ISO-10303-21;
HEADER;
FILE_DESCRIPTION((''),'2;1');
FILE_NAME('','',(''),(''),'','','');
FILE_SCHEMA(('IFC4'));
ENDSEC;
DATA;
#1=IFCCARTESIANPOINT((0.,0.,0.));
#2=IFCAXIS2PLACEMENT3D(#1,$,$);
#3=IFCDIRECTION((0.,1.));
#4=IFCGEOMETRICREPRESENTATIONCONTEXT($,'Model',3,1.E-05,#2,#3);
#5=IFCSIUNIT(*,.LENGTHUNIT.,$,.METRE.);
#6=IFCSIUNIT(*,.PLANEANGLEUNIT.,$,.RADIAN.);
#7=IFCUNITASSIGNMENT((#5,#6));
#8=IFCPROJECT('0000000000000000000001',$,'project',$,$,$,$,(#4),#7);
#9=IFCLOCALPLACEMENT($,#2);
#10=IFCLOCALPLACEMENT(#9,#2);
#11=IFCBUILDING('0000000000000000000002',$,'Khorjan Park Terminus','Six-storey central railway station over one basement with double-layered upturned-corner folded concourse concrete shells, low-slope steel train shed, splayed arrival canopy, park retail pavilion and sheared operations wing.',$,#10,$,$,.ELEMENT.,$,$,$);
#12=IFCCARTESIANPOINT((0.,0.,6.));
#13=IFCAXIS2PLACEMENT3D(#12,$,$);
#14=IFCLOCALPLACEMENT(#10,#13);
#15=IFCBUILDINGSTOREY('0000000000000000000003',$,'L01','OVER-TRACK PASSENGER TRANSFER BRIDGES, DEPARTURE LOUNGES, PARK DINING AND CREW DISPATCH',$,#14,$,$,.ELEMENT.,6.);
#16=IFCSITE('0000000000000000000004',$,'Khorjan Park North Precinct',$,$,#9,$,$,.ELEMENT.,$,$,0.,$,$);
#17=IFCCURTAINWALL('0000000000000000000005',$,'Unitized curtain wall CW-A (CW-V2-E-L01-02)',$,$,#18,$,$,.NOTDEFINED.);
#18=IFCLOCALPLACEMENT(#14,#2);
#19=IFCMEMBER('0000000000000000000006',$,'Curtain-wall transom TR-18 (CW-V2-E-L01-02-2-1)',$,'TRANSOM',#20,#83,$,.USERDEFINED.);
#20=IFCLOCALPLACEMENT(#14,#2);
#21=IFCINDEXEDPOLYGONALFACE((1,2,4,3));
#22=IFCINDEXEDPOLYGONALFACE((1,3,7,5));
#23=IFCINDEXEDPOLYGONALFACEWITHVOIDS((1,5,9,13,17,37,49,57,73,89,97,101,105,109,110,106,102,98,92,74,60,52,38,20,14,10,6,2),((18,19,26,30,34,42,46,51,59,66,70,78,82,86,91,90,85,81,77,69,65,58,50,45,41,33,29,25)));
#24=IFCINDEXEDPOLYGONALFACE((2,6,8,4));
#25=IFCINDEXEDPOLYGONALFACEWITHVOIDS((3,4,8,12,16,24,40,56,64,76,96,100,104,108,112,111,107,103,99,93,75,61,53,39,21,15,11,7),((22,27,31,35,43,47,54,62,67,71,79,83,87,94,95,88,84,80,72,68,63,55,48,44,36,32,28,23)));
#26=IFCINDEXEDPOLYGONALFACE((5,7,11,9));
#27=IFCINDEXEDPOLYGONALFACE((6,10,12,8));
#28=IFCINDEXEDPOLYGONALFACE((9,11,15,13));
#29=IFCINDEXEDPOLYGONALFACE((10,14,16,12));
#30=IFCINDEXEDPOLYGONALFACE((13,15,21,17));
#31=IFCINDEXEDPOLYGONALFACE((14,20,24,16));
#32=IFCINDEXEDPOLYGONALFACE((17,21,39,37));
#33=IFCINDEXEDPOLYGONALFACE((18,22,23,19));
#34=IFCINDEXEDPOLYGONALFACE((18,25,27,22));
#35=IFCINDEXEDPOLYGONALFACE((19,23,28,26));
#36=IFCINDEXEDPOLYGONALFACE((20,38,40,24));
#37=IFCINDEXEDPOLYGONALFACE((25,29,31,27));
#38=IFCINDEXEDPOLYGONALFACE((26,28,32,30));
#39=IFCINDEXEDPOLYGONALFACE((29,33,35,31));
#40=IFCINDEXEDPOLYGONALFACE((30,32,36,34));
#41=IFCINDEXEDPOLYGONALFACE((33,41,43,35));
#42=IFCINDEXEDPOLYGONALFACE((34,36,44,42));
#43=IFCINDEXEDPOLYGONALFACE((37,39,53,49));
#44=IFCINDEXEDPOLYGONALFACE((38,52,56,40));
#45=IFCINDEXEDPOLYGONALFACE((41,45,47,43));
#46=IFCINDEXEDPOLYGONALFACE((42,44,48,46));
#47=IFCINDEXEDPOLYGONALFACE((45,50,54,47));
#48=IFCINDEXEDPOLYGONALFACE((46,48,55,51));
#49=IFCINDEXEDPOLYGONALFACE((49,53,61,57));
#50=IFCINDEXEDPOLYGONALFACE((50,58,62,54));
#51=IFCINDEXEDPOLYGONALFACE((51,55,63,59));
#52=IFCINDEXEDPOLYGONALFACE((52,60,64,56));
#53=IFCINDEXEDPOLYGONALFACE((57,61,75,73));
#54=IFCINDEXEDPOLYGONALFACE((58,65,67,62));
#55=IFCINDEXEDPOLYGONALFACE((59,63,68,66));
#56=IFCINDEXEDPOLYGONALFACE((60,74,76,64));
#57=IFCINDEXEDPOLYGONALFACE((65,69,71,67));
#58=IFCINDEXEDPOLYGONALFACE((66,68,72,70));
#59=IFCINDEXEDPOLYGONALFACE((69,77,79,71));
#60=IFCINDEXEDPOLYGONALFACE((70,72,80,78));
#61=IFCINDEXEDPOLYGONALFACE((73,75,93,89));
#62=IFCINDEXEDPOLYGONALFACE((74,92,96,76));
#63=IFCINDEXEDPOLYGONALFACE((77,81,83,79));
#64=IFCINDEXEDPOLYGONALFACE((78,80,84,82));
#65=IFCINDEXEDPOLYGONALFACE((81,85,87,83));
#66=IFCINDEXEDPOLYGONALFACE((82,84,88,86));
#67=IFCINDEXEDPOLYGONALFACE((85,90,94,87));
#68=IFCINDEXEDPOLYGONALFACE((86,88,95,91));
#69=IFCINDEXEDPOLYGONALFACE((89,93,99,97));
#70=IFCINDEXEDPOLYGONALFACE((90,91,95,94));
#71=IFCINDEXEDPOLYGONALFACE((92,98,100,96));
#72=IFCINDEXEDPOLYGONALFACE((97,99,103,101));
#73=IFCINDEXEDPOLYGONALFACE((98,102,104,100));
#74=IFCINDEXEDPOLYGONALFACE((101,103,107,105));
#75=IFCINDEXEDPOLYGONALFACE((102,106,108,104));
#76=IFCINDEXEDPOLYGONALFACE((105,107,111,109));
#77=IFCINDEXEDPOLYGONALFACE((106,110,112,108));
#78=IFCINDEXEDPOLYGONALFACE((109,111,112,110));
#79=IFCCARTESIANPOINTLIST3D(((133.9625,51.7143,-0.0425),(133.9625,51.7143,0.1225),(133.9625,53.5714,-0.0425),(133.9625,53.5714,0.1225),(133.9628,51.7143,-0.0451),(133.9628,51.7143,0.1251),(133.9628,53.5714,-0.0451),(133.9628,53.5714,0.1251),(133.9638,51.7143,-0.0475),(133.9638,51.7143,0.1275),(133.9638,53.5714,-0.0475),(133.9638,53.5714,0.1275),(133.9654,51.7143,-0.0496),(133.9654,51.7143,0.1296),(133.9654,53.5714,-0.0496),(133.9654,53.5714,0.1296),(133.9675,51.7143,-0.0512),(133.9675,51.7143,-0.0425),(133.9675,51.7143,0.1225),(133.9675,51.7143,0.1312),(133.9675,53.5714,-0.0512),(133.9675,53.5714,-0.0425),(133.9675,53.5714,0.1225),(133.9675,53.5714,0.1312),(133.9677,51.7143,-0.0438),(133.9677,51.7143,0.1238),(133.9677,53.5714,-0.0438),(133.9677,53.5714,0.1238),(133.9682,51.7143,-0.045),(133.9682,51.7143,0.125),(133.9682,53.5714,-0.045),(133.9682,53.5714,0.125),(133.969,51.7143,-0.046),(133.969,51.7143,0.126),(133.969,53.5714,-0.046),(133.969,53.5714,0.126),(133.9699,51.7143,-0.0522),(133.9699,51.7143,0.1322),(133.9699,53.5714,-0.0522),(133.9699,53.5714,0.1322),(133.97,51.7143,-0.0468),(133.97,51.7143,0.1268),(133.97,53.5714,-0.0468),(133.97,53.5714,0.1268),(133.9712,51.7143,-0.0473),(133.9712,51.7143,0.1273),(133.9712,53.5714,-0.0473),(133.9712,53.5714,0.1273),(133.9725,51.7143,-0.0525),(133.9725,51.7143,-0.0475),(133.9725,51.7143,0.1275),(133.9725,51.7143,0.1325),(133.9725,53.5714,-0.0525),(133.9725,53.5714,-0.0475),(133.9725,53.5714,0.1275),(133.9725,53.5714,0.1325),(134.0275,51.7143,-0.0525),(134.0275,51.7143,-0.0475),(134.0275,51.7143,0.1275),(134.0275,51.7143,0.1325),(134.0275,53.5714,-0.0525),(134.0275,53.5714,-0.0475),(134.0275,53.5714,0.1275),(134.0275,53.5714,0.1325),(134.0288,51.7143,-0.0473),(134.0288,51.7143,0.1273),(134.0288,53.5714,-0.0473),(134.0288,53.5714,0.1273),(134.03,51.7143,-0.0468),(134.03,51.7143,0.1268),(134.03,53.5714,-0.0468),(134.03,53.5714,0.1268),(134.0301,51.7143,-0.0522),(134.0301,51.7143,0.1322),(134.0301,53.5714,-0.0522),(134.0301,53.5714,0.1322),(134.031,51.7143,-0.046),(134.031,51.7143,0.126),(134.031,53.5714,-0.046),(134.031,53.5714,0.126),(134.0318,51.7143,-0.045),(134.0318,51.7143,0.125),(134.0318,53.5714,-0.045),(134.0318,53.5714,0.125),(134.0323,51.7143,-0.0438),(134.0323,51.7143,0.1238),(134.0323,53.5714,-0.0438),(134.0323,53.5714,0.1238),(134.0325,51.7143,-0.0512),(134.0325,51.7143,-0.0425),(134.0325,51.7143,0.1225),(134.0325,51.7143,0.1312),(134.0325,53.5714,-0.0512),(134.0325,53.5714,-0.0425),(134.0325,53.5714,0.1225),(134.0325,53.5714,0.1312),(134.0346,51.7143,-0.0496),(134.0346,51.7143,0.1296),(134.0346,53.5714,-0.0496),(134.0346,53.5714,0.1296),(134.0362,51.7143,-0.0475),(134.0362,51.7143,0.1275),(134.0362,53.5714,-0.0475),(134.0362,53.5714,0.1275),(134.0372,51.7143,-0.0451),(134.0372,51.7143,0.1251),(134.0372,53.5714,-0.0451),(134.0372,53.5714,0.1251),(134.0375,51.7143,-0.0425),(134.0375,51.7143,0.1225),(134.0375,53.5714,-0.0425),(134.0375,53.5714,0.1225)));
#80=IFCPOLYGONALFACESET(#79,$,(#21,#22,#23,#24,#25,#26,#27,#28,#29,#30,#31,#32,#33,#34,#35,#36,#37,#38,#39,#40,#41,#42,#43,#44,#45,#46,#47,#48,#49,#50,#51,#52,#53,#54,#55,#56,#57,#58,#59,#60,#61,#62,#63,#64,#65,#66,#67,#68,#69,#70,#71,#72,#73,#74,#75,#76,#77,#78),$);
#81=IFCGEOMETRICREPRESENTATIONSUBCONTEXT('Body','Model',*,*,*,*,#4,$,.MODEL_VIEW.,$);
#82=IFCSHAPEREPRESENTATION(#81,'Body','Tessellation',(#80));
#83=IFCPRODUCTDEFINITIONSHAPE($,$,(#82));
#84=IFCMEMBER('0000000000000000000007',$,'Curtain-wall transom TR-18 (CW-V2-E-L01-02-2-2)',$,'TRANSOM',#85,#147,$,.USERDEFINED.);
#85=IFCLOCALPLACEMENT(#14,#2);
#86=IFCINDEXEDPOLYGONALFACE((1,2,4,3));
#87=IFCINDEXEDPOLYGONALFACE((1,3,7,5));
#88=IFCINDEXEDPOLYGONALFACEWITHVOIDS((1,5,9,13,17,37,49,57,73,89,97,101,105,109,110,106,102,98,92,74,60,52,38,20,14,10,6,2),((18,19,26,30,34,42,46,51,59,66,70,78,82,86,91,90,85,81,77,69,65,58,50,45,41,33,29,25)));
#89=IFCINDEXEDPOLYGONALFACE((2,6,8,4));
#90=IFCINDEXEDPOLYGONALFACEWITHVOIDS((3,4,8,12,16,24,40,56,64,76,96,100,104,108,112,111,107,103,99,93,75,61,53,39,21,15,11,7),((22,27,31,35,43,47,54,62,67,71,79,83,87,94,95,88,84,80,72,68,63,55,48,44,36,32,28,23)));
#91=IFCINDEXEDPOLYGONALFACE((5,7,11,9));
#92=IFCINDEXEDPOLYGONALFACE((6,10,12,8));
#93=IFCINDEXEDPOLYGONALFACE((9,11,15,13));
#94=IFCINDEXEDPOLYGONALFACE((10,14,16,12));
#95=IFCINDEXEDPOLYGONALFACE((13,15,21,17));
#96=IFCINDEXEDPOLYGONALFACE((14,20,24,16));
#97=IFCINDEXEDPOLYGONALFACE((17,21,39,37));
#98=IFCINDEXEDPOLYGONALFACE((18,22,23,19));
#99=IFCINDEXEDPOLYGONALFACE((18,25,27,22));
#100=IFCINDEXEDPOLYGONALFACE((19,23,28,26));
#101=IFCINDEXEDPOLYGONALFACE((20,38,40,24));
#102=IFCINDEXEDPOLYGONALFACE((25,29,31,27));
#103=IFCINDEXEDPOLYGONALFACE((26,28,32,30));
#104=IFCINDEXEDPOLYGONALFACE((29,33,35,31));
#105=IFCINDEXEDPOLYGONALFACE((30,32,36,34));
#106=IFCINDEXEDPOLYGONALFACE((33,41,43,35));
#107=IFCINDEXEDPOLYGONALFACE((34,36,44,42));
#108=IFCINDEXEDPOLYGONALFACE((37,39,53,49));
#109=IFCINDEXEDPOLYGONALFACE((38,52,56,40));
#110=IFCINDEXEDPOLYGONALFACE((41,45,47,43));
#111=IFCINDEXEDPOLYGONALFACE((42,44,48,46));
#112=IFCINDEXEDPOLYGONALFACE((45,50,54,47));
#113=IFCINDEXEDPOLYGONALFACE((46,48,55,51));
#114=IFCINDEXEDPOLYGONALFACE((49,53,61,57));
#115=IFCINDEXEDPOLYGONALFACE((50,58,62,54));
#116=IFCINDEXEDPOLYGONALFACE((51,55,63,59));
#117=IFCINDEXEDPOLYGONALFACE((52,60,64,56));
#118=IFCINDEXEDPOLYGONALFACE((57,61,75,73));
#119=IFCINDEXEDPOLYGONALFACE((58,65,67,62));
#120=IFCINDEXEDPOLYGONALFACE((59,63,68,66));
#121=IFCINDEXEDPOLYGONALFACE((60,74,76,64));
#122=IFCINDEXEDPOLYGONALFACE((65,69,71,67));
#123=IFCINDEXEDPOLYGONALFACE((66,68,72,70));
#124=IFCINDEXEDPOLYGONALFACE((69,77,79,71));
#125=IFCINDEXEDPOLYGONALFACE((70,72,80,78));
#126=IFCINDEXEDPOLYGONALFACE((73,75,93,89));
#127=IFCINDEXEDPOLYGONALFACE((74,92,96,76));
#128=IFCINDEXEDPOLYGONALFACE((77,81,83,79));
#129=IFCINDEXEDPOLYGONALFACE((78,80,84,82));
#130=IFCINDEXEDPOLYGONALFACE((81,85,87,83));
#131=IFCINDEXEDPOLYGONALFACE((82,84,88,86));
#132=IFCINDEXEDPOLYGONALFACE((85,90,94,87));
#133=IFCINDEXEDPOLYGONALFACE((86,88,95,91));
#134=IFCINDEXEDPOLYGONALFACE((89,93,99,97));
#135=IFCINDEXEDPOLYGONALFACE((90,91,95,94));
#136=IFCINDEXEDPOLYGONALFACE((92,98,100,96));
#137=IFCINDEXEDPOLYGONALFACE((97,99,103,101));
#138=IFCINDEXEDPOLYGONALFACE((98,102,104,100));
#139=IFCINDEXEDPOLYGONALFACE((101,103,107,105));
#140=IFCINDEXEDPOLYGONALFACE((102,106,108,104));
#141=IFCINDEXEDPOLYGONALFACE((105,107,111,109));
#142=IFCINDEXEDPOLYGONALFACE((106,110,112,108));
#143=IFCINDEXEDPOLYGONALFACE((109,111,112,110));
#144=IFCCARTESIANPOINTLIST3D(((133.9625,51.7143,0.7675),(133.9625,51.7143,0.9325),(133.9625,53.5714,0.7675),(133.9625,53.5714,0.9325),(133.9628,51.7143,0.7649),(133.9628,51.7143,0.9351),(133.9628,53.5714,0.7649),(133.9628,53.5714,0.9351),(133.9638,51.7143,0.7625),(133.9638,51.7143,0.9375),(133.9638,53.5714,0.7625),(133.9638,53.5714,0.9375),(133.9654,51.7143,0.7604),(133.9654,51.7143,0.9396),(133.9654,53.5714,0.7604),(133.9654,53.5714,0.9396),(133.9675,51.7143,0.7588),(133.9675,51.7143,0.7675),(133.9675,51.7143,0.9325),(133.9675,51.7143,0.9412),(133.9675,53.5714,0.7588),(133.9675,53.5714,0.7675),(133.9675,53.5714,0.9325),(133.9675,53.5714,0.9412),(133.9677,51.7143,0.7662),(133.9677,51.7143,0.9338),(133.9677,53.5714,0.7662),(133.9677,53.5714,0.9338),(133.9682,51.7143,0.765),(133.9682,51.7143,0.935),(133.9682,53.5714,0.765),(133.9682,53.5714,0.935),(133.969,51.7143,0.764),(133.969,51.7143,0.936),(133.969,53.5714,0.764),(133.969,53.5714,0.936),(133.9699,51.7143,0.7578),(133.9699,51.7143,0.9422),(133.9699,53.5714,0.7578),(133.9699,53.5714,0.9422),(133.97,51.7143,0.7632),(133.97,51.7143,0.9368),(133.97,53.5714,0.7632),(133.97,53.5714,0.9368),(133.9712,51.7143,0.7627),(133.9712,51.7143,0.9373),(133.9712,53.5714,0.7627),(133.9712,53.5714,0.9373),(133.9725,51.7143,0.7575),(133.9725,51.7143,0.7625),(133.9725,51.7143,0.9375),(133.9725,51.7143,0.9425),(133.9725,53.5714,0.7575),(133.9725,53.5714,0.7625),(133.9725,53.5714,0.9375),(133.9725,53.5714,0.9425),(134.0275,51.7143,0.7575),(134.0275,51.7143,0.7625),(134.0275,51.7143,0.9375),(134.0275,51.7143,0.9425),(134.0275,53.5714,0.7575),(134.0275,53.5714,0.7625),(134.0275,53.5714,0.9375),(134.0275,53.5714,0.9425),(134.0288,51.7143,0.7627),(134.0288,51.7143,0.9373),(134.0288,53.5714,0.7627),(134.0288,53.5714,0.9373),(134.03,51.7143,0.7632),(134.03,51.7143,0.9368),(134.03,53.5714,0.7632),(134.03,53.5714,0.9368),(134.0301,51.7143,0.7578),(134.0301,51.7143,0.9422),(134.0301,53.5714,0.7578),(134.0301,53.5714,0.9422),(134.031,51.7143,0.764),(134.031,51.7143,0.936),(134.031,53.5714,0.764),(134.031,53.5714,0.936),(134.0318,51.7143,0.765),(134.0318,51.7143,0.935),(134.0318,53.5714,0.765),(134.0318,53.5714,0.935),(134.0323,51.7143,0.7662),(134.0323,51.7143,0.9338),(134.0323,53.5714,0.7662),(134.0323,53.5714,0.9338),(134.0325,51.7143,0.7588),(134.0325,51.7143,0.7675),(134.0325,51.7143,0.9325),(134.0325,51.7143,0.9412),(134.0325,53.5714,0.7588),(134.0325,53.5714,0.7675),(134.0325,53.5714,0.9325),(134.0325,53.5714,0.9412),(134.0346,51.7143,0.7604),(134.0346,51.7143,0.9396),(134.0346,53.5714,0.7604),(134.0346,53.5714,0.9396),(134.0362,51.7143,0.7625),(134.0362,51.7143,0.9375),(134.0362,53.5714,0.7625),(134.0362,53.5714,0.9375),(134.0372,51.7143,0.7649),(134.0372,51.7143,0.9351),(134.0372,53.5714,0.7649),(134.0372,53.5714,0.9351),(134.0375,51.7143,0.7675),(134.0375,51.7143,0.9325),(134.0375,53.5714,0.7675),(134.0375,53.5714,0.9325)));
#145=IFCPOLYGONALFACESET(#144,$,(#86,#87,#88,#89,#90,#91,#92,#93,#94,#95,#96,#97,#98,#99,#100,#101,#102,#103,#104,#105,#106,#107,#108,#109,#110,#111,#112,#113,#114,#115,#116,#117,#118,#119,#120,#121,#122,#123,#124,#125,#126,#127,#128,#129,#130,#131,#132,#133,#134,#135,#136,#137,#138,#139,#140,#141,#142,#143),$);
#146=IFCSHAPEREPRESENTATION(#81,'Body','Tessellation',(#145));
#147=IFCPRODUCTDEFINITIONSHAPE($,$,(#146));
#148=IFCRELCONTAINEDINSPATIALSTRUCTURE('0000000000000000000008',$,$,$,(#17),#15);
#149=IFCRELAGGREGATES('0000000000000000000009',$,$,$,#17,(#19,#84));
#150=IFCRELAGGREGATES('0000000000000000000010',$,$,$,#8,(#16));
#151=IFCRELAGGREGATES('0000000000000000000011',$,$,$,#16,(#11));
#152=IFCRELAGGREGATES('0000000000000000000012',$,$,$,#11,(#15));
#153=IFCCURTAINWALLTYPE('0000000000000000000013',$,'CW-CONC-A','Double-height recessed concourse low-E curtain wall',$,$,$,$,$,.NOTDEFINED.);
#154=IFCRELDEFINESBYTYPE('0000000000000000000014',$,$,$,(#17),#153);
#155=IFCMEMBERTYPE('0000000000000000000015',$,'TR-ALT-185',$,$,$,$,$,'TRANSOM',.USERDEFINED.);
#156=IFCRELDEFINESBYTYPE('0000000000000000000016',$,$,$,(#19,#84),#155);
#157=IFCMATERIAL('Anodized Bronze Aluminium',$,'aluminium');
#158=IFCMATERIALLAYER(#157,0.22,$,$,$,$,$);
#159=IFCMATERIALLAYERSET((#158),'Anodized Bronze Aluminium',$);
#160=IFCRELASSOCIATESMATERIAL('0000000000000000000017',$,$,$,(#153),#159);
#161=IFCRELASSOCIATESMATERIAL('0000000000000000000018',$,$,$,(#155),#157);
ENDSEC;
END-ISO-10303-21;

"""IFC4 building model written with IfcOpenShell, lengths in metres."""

from ifc_helpers import new_model, si_unit, direction, frame, origin, origin_2d, place, context, subcontext, project, spatial, hollow_rectangle, extrude, material, layer, layer_set, material_profile, profile_set, type_object, element, aggregate, save


model = new_model("IFC4")

# Units and contexts
model_context = context("Model", 3, precision=1e-05, world=origin(), true_north=direction((0.0, 1.0)))
body_context = subcontext(model_context, "Body", "Model", "MODEL_VIEW")
ifc_project = project(units=[si_unit("LENGTHUNIT", "METRE"), si_unit("PLANEANGLEUNIT", "RADIAN")], contexts=[model_context])

# Site, building, storey
site_placement = place(None, origin())
site = spatial("IfcSite", under=ifc_project, at=site_placement, Name="Khorjan Park North Precinct", CompositionType="ELEMENT", RefElevation=0.0)
building_placement = place(site_placement, origin())
building = spatial("IfcBuilding", under=site, at=building_placement, Name="Khorjan Park Terminus", Description="Six-storey central railway station over one basement with double-layered upturned-corner folded concourse concrete shells, low-slope steel train shed, splayed arrival canopy, park retail pavilion and sheared operations wing.", CompositionType="ELEMENT")
storey_placement = place(building_placement, frame((0.0, 0.0, 6.0)))
storey = spatial("IfcBuildingStorey", under=building, at=storey_placement, Name="L01", Description="OVER-TRACK PASSENGER TRANSFER BRIDGES, DEPARTURE LOUNGES, PARK DINING AND CREW DISPATCH", CompositionType="ELEMENT", Elevation=6.0)

# Curtain wall, members
ifc_material_1 = material(Name="Anodized Bronze Aluminium", Category="aluminium")
ifc_layer_1 = layer(ifc_material_1, 0.22)
ifc_layer_set_1 = layer_set([ifc_layer_1], Name="Anodized Bronze Aluminium")
curtain_wall_type = type_object("IfcCurtainWallType", Name="CW-CONC-A", Description="Double-height recessed concourse low-E curtain wall", PredefinedType="NOTDEFINED", material=ifc_layer_set_1)
curtain_wall_placement = place(storey_placement, origin())
curtain_wall = element("IfcCurtainWall", 1, at=curtain_wall_placement, inside=storey, type_object=curtain_wall_type, Name="Unitized curtain wall CW-A (CW-V2-E-L01-02)", PredefinedType="NOTDEFINED")
ifc_material_profile_1 = material_profile(ifc_material_1, hollow_rectangle(XDim=0.075, YDim=0.185, WallThickness=0.005, InnerFilletRadius=0.005, OuterFilletRadius=0.01, at=origin_2d()), Name="ALT 75x185x5")
ifc_profile_set_1 = profile_set([ifc_material_profile_1], Name="Anodized Bronze Aluminium")
member_type_1 = type_object("IfcMemberType", Name="TR-ALT-185", ElementType="TRANSOM", PredefinedType="USERDEFINED", material=ifc_profile_set_1)
member_1_placement = place(storey_placement, frame((134.0, 51.7143, 0.04), z_axis=(0.0, 1.0, 0.0), x_axis=(-1.0, 0.0, 0.0)))
member_1 = element("IfcMember", 2, at=member_1_placement, type_object=member_type_1, Name="Curtain-wall transom TR-18 (CW-V2-E-L01-02-2-1)", ObjectType="TRANSOM", PredefinedType="USERDEFINED", context=body_context, shape_type="SweptSolid", body=[
    extrude(hollow_rectangle(XDim=0.075, YDim=0.185, WallThickness=0.005, InnerFilletRadius=0.005, OuterFilletRadius=0.01, at=origin_2d()), origin(), (0.0, 0.0, 1.0), 1.8571),
])
member_2_placement = place(storey_placement, frame((134.0, 51.7143, 0.85), z_axis=(0.0, 1.0, 0.0), x_axis=(-1.0, 0.0, 0.0)))
member_2 = element("IfcMember", 3, at=member_2_placement, type_object=member_type_1, Name="Curtain-wall transom TR-18 (CW-V2-E-L01-02-2-2)", ObjectType="TRANSOM", PredefinedType="USERDEFINED", context=body_context, shape_type="SweptSolid", body=[
    extrude(hollow_rectangle(XDim=0.075, YDim=0.185, WallThickness=0.005, InnerFilletRadius=0.005, OuterFilletRadius=0.01, at=origin_2d()), origin(), (0.0, 0.0, 1.0), 1.8571),
])
aggregate(curtain_wall, [member_1, member_2])

save(model, "model.ifc")
